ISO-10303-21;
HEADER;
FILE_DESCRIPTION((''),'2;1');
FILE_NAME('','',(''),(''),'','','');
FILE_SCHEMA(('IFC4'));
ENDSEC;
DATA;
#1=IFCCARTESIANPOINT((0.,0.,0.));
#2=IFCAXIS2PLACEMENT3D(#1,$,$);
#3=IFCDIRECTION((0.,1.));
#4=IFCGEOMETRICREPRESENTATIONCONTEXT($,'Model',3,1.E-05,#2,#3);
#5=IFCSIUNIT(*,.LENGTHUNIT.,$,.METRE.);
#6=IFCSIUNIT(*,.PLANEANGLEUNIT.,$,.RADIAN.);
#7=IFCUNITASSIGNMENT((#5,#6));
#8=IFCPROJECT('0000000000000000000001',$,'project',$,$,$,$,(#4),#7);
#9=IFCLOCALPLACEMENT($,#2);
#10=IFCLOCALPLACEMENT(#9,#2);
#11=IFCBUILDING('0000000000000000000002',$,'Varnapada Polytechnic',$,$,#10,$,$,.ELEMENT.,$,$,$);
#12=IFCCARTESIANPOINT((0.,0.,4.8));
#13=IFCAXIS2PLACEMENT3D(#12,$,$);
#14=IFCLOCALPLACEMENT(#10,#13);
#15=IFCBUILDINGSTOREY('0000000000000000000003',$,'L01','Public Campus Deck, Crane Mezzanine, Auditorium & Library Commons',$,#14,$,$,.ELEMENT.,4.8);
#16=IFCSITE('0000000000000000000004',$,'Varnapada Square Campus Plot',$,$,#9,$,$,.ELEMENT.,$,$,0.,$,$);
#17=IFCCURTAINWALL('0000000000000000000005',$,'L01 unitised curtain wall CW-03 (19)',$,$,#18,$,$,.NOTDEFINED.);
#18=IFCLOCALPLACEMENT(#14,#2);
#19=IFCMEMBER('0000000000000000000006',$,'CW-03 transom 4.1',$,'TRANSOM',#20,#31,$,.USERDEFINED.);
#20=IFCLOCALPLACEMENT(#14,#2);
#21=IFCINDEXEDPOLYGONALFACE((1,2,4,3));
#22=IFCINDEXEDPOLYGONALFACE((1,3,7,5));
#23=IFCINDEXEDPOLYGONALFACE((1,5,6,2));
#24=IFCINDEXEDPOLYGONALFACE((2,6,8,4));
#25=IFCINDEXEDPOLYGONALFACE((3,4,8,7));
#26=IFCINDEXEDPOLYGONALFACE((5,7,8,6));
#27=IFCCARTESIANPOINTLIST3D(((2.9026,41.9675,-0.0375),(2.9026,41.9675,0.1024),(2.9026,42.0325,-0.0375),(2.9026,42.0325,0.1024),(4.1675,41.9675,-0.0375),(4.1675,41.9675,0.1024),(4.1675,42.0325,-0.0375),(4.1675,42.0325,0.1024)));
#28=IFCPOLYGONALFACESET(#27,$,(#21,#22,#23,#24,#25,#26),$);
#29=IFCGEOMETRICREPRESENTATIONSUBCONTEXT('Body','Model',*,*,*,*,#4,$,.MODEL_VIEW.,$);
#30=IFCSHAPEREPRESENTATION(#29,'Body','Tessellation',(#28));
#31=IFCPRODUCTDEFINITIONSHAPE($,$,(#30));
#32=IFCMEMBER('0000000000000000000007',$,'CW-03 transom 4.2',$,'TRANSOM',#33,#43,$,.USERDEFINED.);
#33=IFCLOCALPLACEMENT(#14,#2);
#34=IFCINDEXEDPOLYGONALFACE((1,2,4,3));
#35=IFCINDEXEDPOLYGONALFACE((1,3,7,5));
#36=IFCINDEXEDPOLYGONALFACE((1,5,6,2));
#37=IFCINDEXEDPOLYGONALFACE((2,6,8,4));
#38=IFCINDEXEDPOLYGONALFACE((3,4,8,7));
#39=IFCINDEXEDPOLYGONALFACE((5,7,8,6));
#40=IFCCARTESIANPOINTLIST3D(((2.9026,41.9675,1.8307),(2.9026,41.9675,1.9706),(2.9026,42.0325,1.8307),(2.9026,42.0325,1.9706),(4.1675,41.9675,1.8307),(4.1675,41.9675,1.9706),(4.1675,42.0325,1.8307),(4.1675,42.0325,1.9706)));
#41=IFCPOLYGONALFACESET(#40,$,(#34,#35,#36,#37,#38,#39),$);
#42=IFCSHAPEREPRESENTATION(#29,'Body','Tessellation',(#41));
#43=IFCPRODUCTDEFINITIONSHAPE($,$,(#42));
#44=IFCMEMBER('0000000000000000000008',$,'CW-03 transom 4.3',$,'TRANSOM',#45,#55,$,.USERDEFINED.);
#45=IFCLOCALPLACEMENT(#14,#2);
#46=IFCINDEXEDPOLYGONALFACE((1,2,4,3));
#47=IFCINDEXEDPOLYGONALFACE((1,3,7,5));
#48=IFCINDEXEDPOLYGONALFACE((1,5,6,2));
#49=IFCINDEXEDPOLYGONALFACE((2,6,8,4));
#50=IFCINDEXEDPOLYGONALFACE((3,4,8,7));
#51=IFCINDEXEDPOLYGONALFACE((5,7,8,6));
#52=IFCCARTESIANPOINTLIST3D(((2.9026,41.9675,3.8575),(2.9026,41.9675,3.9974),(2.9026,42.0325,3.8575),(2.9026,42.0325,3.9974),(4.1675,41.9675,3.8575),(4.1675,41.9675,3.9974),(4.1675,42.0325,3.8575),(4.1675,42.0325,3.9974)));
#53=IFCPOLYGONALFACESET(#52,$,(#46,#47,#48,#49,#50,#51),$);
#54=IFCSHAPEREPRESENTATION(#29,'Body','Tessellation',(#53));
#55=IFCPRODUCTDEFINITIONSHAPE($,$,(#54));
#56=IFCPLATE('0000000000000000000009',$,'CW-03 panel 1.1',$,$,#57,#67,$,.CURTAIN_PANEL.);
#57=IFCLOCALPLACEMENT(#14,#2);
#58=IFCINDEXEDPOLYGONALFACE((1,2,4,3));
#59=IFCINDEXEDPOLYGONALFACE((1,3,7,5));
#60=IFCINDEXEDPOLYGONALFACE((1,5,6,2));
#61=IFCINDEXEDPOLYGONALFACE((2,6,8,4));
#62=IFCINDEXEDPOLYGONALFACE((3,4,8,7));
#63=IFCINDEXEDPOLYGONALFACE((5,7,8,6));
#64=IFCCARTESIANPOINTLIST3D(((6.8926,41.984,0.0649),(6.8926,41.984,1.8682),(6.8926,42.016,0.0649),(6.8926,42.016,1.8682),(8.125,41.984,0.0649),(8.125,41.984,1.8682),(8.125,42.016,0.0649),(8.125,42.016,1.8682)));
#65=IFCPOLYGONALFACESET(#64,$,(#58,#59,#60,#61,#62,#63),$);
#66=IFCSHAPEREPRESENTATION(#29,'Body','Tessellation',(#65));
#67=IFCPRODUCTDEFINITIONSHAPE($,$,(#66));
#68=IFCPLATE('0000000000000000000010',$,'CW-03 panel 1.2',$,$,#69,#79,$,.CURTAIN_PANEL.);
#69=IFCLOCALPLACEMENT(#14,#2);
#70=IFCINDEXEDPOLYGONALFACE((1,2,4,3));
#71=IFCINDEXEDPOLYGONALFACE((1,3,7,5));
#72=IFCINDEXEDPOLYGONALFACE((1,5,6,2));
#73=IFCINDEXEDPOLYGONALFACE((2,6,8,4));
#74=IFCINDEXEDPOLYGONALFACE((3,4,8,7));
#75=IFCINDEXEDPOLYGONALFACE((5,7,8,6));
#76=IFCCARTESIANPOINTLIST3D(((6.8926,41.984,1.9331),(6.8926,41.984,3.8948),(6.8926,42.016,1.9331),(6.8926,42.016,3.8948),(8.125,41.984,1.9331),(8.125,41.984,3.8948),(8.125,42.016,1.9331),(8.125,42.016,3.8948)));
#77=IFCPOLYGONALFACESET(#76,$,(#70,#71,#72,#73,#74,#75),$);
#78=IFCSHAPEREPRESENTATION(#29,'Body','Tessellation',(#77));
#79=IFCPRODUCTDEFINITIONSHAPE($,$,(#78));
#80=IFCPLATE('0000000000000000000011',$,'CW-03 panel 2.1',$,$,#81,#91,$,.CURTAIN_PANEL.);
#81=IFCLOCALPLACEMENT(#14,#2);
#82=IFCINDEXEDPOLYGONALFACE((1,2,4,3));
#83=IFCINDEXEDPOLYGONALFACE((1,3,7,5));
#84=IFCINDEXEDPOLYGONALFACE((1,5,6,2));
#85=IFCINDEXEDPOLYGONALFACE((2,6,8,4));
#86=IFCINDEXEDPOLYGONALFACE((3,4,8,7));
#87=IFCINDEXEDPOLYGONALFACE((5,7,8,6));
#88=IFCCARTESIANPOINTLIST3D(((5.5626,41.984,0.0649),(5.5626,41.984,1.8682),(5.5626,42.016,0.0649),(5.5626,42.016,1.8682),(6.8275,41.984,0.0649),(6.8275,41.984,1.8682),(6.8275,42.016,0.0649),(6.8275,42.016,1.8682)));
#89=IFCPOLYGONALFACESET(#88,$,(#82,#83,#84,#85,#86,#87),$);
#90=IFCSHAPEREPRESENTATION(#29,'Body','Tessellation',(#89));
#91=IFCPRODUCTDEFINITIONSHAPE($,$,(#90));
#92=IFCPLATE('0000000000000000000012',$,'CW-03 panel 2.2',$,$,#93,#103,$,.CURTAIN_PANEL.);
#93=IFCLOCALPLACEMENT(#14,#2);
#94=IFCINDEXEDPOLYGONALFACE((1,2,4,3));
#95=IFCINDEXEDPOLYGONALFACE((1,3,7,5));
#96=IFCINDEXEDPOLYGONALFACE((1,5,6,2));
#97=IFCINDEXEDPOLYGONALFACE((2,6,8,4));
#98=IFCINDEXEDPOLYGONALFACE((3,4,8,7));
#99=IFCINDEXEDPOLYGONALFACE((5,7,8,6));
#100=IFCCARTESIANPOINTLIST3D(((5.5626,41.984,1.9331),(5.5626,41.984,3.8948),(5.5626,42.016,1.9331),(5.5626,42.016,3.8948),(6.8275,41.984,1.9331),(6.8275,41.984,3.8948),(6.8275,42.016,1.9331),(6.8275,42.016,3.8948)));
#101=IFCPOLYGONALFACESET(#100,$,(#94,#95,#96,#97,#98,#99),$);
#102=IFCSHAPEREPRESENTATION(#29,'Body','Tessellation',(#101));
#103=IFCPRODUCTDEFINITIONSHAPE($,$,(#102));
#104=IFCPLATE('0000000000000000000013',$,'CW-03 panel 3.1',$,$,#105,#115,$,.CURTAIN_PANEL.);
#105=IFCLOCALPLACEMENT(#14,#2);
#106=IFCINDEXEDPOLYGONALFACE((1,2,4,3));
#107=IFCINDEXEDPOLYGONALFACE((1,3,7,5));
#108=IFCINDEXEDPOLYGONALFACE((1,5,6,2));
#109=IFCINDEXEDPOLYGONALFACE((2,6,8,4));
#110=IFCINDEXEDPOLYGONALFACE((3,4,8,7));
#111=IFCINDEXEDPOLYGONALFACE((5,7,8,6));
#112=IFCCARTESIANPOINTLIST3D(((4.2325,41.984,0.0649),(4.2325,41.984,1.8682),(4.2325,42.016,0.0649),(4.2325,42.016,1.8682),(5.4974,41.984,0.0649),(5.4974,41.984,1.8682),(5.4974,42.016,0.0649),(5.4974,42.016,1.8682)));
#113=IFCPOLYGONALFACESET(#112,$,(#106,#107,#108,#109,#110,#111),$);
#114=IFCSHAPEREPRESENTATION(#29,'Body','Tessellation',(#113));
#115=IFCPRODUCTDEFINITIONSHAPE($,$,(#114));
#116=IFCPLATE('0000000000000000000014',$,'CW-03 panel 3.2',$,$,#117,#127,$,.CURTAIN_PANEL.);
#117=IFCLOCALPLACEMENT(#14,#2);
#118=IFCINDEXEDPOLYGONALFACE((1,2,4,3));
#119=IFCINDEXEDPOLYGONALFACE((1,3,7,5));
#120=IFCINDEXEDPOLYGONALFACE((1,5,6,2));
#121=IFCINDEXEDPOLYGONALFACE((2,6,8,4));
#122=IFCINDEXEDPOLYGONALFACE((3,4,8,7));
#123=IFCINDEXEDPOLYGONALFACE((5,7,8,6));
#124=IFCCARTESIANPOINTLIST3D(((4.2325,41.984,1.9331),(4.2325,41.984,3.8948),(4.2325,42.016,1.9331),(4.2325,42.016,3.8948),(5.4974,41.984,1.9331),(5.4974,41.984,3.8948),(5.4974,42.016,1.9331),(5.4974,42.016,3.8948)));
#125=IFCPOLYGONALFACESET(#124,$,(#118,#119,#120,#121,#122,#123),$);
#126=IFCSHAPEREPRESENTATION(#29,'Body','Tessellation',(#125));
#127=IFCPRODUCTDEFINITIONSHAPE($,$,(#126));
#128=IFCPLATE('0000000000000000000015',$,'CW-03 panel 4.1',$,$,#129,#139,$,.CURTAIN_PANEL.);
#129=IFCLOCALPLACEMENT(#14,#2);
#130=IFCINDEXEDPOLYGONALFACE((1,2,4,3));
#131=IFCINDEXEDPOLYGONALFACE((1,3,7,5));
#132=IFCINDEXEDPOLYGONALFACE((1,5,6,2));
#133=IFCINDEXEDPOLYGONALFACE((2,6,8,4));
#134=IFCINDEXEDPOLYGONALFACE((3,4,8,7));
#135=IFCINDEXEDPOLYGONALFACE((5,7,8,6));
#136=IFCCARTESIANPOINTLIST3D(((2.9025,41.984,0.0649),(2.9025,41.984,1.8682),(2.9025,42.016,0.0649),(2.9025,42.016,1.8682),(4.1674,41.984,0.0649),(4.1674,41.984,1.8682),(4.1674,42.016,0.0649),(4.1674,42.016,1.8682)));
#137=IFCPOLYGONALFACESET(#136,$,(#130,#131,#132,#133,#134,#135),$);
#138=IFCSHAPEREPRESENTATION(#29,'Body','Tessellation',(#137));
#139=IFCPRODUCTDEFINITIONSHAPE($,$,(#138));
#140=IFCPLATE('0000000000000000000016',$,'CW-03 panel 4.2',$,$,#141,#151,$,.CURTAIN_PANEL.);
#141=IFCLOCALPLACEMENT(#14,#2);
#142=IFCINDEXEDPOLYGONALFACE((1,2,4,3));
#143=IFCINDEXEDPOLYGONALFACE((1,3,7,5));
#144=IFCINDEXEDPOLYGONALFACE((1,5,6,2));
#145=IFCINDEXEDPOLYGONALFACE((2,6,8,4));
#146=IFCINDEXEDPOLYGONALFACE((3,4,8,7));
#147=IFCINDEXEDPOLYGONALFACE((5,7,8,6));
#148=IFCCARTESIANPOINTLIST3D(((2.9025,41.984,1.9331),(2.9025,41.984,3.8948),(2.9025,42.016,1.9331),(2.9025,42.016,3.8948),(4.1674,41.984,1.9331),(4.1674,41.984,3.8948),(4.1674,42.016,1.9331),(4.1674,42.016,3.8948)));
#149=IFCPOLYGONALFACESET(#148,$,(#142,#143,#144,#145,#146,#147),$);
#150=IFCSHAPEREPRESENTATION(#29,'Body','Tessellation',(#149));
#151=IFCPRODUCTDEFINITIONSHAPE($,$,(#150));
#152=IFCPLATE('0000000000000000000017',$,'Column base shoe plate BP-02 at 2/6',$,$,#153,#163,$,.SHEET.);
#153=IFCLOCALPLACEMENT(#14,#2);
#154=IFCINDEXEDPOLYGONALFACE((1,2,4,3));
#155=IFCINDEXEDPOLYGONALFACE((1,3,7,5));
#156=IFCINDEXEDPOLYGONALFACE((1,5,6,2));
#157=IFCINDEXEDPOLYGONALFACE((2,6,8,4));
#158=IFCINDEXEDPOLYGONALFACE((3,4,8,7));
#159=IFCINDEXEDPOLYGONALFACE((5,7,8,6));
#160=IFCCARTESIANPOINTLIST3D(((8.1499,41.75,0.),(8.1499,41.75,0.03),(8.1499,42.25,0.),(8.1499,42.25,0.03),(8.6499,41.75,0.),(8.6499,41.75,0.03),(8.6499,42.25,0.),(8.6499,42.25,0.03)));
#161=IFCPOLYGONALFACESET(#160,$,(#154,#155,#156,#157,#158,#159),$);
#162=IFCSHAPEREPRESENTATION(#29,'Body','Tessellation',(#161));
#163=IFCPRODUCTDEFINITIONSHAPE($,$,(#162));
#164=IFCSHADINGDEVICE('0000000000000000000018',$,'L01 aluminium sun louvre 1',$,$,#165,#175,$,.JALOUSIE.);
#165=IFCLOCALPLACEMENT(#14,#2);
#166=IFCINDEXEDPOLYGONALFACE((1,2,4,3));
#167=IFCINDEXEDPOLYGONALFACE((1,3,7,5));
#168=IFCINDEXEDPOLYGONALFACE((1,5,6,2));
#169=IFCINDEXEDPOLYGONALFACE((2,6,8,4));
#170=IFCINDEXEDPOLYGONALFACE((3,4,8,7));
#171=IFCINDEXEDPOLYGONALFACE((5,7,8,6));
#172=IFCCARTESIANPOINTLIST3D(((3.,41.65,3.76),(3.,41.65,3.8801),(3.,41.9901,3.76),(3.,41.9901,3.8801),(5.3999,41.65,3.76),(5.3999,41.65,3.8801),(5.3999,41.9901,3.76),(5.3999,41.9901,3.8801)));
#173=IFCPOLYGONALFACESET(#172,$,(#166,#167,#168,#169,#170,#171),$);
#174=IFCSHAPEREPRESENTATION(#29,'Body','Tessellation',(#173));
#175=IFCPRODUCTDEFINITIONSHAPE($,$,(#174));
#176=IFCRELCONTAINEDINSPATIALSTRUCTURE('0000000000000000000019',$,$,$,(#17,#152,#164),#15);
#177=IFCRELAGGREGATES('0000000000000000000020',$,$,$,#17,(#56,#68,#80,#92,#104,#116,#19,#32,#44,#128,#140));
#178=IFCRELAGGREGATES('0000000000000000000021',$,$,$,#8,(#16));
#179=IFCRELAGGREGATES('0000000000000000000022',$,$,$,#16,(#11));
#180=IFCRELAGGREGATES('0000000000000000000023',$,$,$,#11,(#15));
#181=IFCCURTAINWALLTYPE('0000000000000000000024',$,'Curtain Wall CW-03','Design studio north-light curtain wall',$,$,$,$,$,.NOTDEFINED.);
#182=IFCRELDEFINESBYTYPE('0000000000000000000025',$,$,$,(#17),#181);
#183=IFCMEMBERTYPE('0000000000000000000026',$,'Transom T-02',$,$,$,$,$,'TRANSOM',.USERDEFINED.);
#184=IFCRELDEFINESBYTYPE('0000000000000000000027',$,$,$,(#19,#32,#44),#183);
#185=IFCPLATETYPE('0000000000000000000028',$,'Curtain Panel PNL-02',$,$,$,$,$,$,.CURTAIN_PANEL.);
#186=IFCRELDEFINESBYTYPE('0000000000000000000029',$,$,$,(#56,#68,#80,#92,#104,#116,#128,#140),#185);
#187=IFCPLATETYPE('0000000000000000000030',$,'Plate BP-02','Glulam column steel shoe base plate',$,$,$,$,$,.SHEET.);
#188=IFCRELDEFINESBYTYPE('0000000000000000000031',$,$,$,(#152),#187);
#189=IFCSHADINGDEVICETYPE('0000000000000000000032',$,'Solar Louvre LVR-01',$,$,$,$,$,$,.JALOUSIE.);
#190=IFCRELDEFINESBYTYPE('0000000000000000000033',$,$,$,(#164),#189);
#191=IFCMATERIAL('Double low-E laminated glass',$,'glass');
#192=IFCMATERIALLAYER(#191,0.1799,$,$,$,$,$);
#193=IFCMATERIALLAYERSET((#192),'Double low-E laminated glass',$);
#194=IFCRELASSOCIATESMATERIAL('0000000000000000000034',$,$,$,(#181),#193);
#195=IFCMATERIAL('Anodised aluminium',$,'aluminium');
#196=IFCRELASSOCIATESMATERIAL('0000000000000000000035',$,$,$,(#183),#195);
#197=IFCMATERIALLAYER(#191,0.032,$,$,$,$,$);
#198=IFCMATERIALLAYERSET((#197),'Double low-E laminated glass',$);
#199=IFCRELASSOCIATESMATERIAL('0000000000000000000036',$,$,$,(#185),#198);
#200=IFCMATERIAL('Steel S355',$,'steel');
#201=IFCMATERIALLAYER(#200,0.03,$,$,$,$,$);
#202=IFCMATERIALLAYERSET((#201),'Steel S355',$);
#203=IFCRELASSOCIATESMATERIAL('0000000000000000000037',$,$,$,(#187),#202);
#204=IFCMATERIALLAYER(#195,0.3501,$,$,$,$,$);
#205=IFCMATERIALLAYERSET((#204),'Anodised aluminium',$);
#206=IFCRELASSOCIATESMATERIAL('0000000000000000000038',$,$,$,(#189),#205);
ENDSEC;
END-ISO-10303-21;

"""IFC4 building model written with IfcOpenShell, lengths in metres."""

from ifc_helpers import new_model, si_unit, direction, frame, origin, origin_2d, place, context, subcontext, project, spatial, rectangle, extrude, material, layer, layer_set, material_profile, profile_set, type_object, element, aggregate, save


model = new_model("IFC4")

# Units and contexts
model_context = context("Model", 3, precision=1e-05, world=origin(), true_north=direction((0.0, 1.0)))
body_context = subcontext(model_context, "Body", "Model", "MODEL_VIEW")
ifc_project = project(units=[si_unit("LENGTHUNIT", "METRE"), si_unit("PLANEANGLEUNIT", "RADIAN")], contexts=[model_context])

# Site, building, storey
site_placement = place(None, origin())
site = spatial("IfcSite", under=ifc_project, at=site_placement, Name="Varnapada Square Campus Plot", CompositionType="ELEMENT", RefElevation=0.0)
building_placement = place(site_placement, origin())
building = spatial("IfcBuilding", under=site, at=building_placement, Name="Varnapada Polytechnic", CompositionType="ELEMENT")
storey_placement = place(building_placement, frame((0.0, 0.0, 4.8)))
storey = spatial("IfcBuildingStorey", under=building, at=storey_placement, Name="L01", Description="Public Campus Deck, Crane Mezzanine, Auditorium & Library Commons", CompositionType="ELEMENT", Elevation=4.8)

# Curtain wall, members, plates
ifc_material_1 = material(Name="Double low-E laminated glass", Category="glass")
ifc_layer_1 = layer(ifc_material_1, 0.1799)
ifc_layer_set_1 = layer_set([ifc_layer_1], Name="Double low-E laminated glass")
curtain_wall_type = type_object("IfcCurtainWallType", Name="Curtain Wall CW-03", Description="Design studio north-light curtain wall", PredefinedType="NOTDEFINED", material=ifc_layer_set_1)
curtain_wall_placement = place(storey_placement, origin())
curtain_wall = element("IfcCurtainWall", 1, at=curtain_wall_placement, inside=storey, type_object=curtain_wall_type, Name="L01 unitised curtain wall CW-03 (19)", PredefinedType="NOTDEFINED")
ifc_material_2 = material(Name="Anodised aluminium", Category="aluminium")
ifc_material_profile_1 = material_profile(ifc_material_2, rectangle(XDim=0.0649, YDim=0.1399, at=origin_2d()), Name="ALU T65x140")
ifc_profile_set_1 = profile_set([ifc_material_profile_1], Name="Anodised aluminium")
member_type_1 = type_object("IfcMemberType", Name="Transom T-02", ElementType="TRANSOM", PredefinedType="USERDEFINED", material=ifc_profile_set_1)
member_1_placement = place(storey_placement, frame((4.1675, 42.0, 0.0325), z_axis=(-1.0, 0.0, 0.0), x_axis=(0.0, -1.0, 0.0)))
member_1 = element("IfcMember", 2, at=member_1_placement, type_object=member_type_1, Name="CW-03 transom 4.1", ObjectType="TRANSOM", PredefinedType="USERDEFINED", context=body_context, shape_type="SweptSolid", body=[
    extrude(rectangle(XDim=0.0649, YDim=0.1399, at=origin_2d()), origin(), (0.0, 0.0, 1.0), 1.2649),
])
member_2_placement = place(storey_placement, frame((4.1675, 42.0, 1.9006), z_axis=(-1.0, 0.0, 0.0), x_axis=(0.0, -1.0, 0.0)))
member_2 = element("IfcMember", 3, at=member_2_placement, type_object=member_type_1, Name="CW-03 transom 4.2", ObjectType="TRANSOM", PredefinedType="USERDEFINED", context=body_context, shape_type="SweptSolid", body=[
    extrude(rectangle(XDim=0.0649, YDim=0.1399, at=origin_2d()), origin(), (0.0, 0.0, 1.0), 1.2649),
])
member_3_placement = place(storey_placement, frame((4.1675, 42.0, 3.9275), z_axis=(-1.0, 0.0, 0.0), x_axis=(0.0, -1.0, 0.0)))
member_3 = element("IfcMember", 4, at=member_3_placement, type_object=member_type_1, Name="CW-03 transom 4.3", ObjectType="TRANSOM", PredefinedType="USERDEFINED", context=body_context, shape_type="SweptSolid", body=[
    extrude(rectangle(XDim=0.0649, YDim=0.1399, at=origin_2d()), origin(), (0.0, 0.0, 1.0), 1.2649),
])
ifc_layer_2 = layer(ifc_material_1, 0.032)
ifc_layer_set_2 = layer_set([ifc_layer_2], Name="Double low-E laminated glass")
plate_type_1 = type_object("IfcPlateType", Name="Curtain Panel PNL-02", PredefinedType="CURTAIN_PANEL", material=ifc_layer_set_2)
plate_1_placement = place(storey_placement, frame((7.5088, 42.0, 0.0649), z_axis=(0.0, 0.0, 1.0), x_axis=(-1.0, 0.0, 0.0)))
plate_1 = element("IfcPlate", 5, at=plate_1_placement, type_object=plate_type_1, Name="CW-03 panel 1.1", PredefinedType="CURTAIN_PANEL", context=body_context, shape_type="SweptSolid", body=[
    extrude(rectangle(XDim=1.2324, YDim=0.032, at=origin_2d()), origin(), (0.0, 0.0, 1.0), 1.8032),
])
plate_2_placement = place(storey_placement, frame((7.5088, 42.0, 1.9331), z_axis=(0.0, 0.0, 1.0), x_axis=(-1.0, 0.0, 0.0)))
plate_2 = element("IfcPlate", 6, at=plate_2_placement, type_object=plate_type_1, Name="CW-03 panel 1.2", PredefinedType="CURTAIN_PANEL", context=body_context, shape_type="SweptSolid", body=[
    extrude(rectangle(XDim=1.2324, YDim=0.032, at=origin_2d()), origin(), (0.0, 0.0, 1.0), 1.9617),
])
plate_3_placement = place(storey_placement, frame((6.1951, 42.0, 0.0649), z_axis=(0.0, 0.0, 1.0), x_axis=(-1.0, 0.0, 0.0)))
plate_3 = element("IfcPlate", 7, at=plate_3_placement, type_object=plate_type_1, Name="CW-03 panel 2.1", PredefinedType="CURTAIN_PANEL", context=body_context, shape_type="SweptSolid", body=[
    extrude(rectangle(XDim=1.2649, YDim=0.032, at=origin_2d()), origin(), (0.0, 0.0, 1.0), 1.8032),
])
plate_4_placement = place(storey_placement, frame((6.1951, 42.0, 1.9331), z_axis=(0.0, 0.0, 1.0), x_axis=(-1.0, 0.0, 0.0)))
plate_4 = element("IfcPlate", 8, at=plate_4_placement, type_object=plate_type_1, Name="CW-03 panel 2.2", PredefinedType="CURTAIN_PANEL", context=body_context, shape_type="SweptSolid", body=[
    extrude(rectangle(XDim=1.2649, YDim=0.032, at=origin_2d()), origin(), (0.0, 0.0, 1.0), 1.9617),
])
plate_5_placement = place(storey_placement, frame((4.865, 42.0, 0.0649), z_axis=(0.0, 0.0, 1.0), x_axis=(-1.0, 0.0, 0.0)))
plate_5 = element("IfcPlate", 9, at=plate_5_placement, type_object=plate_type_1, Name="CW-03 panel 3.1", PredefinedType="CURTAIN_PANEL", context=body_context, shape_type="SweptSolid", body=[
    extrude(rectangle(XDim=1.2649, YDim=0.032, at=origin_2d()), origin(), (0.0, 0.0, 1.0), 1.8032),
])
plate_6_placement = place(storey_placement, frame((4.865, 42.0, 1.9331), z_axis=(0.0, 0.0, 1.0), x_axis=(-1.0, 0.0, 0.0)))
plate_6 = element("IfcPlate", 10, at=plate_6_placement, type_object=plate_type_1, Name="CW-03 panel 3.2", PredefinedType="CURTAIN_PANEL", context=body_context, shape_type="SweptSolid", body=[
    extrude(rectangle(XDim=1.2649, YDim=0.032, at=origin_2d()), origin(), (0.0, 0.0, 1.0), 1.9617),
])
plate_7_placement = place(storey_placement, frame((3.5349, 42.0, 0.0649), z_axis=(0.0, 0.0, 1.0), x_axis=(-1.0, 0.0, 0.0)))
plate_7 = element("IfcPlate", 11, at=plate_7_placement, type_object=plate_type_1, Name="CW-03 panel 4.1", PredefinedType="CURTAIN_PANEL", context=body_context, shape_type="SweptSolid", body=[
    extrude(rectangle(XDim=1.2649, YDim=0.032, at=origin_2d()), origin(), (0.0, 0.0, 1.0), 1.8032),
])
plate_8_placement = place(storey_placement, frame((3.5349, 42.0, 1.9331), z_axis=(0.0, 0.0, 1.0), x_axis=(-1.0, 0.0, 0.0)))
plate_8 = element("IfcPlate", 12, at=plate_8_placement, type_object=plate_type_1, Name="CW-03 panel 4.2", PredefinedType="CURTAIN_PANEL", context=body_context, shape_type="SweptSolid", body=[
    extrude(rectangle(XDim=1.2649, YDim=0.032, at=origin_2d()), origin(), (0.0, 0.0, 1.0), 1.9617),
])
aggregate(curtain_wall, [plate_1, plate_2, plate_3, plate_4, plate_5, plate_6, member_1, member_2, member_3, plate_7, plate_8])

# Plate
ifc_material_3 = material(Name="Steel S355", Category="steel")
ifc_layer_3 = layer(ifc_material_3, 0.03)
ifc_layer_set_3 = layer_set([ifc_layer_3], Name="Steel S355")
plate_type_2 = type_object("IfcPlateType", Name="Plate BP-02", Description="Glulam column steel shoe base plate", PredefinedType="SHEET", material=ifc_layer_set_3)
plate_9_placement = place(storey_placement, frame((8.3999, 42.0, 0.0), z_axis=(0.0, 0.0, 1.0), x_axis=(1.0, 0.0, 0.0)))
element("IfcPlate", 13, at=plate_9_placement, inside=storey, type_object=plate_type_2, Name="Column base shoe plate BP-02 at 2/6", PredefinedType="SHEET", context=body_context, shape_type="SweptSolid", body=[
    extrude(rectangle(XDim=0.5, YDim=0.5, at=origin_2d()), origin(), (0.0, 0.0, 1.0), 0.03),
])

# Shading device
ifc_layer_4 = layer(ifc_material_2, 0.3501)
ifc_layer_set_4 = layer_set([ifc_layer_4], Name="Anodised aluminium")
shading_device_type = type_object("IfcShadingDeviceType", Name="Solar Louvre LVR-01", PredefinedType="JALOUSIE", material=ifc_layer_set_4)
shading_device_placement = place(storey_placement, frame((4.2, 41.8201, 3.76), z_axis=(0.0, 0.0, 1.0), x_axis=(-1.0, 0.0, 0.0)))
element("IfcShadingDevice", 14, at=shading_device_placement, inside=storey, type_object=shading_device_type, Name="L01 aluminium sun louvre 1", PredefinedType="JALOUSIE", context=body_context, shape_type="SweptSolid", body=[
    extrude(rectangle(XDim=2.3999, YDim=0.3401, at=origin_2d()), origin(), (0.0, 0.0, 1.0), 0.1201),
])

save(model, "model.ifc")
